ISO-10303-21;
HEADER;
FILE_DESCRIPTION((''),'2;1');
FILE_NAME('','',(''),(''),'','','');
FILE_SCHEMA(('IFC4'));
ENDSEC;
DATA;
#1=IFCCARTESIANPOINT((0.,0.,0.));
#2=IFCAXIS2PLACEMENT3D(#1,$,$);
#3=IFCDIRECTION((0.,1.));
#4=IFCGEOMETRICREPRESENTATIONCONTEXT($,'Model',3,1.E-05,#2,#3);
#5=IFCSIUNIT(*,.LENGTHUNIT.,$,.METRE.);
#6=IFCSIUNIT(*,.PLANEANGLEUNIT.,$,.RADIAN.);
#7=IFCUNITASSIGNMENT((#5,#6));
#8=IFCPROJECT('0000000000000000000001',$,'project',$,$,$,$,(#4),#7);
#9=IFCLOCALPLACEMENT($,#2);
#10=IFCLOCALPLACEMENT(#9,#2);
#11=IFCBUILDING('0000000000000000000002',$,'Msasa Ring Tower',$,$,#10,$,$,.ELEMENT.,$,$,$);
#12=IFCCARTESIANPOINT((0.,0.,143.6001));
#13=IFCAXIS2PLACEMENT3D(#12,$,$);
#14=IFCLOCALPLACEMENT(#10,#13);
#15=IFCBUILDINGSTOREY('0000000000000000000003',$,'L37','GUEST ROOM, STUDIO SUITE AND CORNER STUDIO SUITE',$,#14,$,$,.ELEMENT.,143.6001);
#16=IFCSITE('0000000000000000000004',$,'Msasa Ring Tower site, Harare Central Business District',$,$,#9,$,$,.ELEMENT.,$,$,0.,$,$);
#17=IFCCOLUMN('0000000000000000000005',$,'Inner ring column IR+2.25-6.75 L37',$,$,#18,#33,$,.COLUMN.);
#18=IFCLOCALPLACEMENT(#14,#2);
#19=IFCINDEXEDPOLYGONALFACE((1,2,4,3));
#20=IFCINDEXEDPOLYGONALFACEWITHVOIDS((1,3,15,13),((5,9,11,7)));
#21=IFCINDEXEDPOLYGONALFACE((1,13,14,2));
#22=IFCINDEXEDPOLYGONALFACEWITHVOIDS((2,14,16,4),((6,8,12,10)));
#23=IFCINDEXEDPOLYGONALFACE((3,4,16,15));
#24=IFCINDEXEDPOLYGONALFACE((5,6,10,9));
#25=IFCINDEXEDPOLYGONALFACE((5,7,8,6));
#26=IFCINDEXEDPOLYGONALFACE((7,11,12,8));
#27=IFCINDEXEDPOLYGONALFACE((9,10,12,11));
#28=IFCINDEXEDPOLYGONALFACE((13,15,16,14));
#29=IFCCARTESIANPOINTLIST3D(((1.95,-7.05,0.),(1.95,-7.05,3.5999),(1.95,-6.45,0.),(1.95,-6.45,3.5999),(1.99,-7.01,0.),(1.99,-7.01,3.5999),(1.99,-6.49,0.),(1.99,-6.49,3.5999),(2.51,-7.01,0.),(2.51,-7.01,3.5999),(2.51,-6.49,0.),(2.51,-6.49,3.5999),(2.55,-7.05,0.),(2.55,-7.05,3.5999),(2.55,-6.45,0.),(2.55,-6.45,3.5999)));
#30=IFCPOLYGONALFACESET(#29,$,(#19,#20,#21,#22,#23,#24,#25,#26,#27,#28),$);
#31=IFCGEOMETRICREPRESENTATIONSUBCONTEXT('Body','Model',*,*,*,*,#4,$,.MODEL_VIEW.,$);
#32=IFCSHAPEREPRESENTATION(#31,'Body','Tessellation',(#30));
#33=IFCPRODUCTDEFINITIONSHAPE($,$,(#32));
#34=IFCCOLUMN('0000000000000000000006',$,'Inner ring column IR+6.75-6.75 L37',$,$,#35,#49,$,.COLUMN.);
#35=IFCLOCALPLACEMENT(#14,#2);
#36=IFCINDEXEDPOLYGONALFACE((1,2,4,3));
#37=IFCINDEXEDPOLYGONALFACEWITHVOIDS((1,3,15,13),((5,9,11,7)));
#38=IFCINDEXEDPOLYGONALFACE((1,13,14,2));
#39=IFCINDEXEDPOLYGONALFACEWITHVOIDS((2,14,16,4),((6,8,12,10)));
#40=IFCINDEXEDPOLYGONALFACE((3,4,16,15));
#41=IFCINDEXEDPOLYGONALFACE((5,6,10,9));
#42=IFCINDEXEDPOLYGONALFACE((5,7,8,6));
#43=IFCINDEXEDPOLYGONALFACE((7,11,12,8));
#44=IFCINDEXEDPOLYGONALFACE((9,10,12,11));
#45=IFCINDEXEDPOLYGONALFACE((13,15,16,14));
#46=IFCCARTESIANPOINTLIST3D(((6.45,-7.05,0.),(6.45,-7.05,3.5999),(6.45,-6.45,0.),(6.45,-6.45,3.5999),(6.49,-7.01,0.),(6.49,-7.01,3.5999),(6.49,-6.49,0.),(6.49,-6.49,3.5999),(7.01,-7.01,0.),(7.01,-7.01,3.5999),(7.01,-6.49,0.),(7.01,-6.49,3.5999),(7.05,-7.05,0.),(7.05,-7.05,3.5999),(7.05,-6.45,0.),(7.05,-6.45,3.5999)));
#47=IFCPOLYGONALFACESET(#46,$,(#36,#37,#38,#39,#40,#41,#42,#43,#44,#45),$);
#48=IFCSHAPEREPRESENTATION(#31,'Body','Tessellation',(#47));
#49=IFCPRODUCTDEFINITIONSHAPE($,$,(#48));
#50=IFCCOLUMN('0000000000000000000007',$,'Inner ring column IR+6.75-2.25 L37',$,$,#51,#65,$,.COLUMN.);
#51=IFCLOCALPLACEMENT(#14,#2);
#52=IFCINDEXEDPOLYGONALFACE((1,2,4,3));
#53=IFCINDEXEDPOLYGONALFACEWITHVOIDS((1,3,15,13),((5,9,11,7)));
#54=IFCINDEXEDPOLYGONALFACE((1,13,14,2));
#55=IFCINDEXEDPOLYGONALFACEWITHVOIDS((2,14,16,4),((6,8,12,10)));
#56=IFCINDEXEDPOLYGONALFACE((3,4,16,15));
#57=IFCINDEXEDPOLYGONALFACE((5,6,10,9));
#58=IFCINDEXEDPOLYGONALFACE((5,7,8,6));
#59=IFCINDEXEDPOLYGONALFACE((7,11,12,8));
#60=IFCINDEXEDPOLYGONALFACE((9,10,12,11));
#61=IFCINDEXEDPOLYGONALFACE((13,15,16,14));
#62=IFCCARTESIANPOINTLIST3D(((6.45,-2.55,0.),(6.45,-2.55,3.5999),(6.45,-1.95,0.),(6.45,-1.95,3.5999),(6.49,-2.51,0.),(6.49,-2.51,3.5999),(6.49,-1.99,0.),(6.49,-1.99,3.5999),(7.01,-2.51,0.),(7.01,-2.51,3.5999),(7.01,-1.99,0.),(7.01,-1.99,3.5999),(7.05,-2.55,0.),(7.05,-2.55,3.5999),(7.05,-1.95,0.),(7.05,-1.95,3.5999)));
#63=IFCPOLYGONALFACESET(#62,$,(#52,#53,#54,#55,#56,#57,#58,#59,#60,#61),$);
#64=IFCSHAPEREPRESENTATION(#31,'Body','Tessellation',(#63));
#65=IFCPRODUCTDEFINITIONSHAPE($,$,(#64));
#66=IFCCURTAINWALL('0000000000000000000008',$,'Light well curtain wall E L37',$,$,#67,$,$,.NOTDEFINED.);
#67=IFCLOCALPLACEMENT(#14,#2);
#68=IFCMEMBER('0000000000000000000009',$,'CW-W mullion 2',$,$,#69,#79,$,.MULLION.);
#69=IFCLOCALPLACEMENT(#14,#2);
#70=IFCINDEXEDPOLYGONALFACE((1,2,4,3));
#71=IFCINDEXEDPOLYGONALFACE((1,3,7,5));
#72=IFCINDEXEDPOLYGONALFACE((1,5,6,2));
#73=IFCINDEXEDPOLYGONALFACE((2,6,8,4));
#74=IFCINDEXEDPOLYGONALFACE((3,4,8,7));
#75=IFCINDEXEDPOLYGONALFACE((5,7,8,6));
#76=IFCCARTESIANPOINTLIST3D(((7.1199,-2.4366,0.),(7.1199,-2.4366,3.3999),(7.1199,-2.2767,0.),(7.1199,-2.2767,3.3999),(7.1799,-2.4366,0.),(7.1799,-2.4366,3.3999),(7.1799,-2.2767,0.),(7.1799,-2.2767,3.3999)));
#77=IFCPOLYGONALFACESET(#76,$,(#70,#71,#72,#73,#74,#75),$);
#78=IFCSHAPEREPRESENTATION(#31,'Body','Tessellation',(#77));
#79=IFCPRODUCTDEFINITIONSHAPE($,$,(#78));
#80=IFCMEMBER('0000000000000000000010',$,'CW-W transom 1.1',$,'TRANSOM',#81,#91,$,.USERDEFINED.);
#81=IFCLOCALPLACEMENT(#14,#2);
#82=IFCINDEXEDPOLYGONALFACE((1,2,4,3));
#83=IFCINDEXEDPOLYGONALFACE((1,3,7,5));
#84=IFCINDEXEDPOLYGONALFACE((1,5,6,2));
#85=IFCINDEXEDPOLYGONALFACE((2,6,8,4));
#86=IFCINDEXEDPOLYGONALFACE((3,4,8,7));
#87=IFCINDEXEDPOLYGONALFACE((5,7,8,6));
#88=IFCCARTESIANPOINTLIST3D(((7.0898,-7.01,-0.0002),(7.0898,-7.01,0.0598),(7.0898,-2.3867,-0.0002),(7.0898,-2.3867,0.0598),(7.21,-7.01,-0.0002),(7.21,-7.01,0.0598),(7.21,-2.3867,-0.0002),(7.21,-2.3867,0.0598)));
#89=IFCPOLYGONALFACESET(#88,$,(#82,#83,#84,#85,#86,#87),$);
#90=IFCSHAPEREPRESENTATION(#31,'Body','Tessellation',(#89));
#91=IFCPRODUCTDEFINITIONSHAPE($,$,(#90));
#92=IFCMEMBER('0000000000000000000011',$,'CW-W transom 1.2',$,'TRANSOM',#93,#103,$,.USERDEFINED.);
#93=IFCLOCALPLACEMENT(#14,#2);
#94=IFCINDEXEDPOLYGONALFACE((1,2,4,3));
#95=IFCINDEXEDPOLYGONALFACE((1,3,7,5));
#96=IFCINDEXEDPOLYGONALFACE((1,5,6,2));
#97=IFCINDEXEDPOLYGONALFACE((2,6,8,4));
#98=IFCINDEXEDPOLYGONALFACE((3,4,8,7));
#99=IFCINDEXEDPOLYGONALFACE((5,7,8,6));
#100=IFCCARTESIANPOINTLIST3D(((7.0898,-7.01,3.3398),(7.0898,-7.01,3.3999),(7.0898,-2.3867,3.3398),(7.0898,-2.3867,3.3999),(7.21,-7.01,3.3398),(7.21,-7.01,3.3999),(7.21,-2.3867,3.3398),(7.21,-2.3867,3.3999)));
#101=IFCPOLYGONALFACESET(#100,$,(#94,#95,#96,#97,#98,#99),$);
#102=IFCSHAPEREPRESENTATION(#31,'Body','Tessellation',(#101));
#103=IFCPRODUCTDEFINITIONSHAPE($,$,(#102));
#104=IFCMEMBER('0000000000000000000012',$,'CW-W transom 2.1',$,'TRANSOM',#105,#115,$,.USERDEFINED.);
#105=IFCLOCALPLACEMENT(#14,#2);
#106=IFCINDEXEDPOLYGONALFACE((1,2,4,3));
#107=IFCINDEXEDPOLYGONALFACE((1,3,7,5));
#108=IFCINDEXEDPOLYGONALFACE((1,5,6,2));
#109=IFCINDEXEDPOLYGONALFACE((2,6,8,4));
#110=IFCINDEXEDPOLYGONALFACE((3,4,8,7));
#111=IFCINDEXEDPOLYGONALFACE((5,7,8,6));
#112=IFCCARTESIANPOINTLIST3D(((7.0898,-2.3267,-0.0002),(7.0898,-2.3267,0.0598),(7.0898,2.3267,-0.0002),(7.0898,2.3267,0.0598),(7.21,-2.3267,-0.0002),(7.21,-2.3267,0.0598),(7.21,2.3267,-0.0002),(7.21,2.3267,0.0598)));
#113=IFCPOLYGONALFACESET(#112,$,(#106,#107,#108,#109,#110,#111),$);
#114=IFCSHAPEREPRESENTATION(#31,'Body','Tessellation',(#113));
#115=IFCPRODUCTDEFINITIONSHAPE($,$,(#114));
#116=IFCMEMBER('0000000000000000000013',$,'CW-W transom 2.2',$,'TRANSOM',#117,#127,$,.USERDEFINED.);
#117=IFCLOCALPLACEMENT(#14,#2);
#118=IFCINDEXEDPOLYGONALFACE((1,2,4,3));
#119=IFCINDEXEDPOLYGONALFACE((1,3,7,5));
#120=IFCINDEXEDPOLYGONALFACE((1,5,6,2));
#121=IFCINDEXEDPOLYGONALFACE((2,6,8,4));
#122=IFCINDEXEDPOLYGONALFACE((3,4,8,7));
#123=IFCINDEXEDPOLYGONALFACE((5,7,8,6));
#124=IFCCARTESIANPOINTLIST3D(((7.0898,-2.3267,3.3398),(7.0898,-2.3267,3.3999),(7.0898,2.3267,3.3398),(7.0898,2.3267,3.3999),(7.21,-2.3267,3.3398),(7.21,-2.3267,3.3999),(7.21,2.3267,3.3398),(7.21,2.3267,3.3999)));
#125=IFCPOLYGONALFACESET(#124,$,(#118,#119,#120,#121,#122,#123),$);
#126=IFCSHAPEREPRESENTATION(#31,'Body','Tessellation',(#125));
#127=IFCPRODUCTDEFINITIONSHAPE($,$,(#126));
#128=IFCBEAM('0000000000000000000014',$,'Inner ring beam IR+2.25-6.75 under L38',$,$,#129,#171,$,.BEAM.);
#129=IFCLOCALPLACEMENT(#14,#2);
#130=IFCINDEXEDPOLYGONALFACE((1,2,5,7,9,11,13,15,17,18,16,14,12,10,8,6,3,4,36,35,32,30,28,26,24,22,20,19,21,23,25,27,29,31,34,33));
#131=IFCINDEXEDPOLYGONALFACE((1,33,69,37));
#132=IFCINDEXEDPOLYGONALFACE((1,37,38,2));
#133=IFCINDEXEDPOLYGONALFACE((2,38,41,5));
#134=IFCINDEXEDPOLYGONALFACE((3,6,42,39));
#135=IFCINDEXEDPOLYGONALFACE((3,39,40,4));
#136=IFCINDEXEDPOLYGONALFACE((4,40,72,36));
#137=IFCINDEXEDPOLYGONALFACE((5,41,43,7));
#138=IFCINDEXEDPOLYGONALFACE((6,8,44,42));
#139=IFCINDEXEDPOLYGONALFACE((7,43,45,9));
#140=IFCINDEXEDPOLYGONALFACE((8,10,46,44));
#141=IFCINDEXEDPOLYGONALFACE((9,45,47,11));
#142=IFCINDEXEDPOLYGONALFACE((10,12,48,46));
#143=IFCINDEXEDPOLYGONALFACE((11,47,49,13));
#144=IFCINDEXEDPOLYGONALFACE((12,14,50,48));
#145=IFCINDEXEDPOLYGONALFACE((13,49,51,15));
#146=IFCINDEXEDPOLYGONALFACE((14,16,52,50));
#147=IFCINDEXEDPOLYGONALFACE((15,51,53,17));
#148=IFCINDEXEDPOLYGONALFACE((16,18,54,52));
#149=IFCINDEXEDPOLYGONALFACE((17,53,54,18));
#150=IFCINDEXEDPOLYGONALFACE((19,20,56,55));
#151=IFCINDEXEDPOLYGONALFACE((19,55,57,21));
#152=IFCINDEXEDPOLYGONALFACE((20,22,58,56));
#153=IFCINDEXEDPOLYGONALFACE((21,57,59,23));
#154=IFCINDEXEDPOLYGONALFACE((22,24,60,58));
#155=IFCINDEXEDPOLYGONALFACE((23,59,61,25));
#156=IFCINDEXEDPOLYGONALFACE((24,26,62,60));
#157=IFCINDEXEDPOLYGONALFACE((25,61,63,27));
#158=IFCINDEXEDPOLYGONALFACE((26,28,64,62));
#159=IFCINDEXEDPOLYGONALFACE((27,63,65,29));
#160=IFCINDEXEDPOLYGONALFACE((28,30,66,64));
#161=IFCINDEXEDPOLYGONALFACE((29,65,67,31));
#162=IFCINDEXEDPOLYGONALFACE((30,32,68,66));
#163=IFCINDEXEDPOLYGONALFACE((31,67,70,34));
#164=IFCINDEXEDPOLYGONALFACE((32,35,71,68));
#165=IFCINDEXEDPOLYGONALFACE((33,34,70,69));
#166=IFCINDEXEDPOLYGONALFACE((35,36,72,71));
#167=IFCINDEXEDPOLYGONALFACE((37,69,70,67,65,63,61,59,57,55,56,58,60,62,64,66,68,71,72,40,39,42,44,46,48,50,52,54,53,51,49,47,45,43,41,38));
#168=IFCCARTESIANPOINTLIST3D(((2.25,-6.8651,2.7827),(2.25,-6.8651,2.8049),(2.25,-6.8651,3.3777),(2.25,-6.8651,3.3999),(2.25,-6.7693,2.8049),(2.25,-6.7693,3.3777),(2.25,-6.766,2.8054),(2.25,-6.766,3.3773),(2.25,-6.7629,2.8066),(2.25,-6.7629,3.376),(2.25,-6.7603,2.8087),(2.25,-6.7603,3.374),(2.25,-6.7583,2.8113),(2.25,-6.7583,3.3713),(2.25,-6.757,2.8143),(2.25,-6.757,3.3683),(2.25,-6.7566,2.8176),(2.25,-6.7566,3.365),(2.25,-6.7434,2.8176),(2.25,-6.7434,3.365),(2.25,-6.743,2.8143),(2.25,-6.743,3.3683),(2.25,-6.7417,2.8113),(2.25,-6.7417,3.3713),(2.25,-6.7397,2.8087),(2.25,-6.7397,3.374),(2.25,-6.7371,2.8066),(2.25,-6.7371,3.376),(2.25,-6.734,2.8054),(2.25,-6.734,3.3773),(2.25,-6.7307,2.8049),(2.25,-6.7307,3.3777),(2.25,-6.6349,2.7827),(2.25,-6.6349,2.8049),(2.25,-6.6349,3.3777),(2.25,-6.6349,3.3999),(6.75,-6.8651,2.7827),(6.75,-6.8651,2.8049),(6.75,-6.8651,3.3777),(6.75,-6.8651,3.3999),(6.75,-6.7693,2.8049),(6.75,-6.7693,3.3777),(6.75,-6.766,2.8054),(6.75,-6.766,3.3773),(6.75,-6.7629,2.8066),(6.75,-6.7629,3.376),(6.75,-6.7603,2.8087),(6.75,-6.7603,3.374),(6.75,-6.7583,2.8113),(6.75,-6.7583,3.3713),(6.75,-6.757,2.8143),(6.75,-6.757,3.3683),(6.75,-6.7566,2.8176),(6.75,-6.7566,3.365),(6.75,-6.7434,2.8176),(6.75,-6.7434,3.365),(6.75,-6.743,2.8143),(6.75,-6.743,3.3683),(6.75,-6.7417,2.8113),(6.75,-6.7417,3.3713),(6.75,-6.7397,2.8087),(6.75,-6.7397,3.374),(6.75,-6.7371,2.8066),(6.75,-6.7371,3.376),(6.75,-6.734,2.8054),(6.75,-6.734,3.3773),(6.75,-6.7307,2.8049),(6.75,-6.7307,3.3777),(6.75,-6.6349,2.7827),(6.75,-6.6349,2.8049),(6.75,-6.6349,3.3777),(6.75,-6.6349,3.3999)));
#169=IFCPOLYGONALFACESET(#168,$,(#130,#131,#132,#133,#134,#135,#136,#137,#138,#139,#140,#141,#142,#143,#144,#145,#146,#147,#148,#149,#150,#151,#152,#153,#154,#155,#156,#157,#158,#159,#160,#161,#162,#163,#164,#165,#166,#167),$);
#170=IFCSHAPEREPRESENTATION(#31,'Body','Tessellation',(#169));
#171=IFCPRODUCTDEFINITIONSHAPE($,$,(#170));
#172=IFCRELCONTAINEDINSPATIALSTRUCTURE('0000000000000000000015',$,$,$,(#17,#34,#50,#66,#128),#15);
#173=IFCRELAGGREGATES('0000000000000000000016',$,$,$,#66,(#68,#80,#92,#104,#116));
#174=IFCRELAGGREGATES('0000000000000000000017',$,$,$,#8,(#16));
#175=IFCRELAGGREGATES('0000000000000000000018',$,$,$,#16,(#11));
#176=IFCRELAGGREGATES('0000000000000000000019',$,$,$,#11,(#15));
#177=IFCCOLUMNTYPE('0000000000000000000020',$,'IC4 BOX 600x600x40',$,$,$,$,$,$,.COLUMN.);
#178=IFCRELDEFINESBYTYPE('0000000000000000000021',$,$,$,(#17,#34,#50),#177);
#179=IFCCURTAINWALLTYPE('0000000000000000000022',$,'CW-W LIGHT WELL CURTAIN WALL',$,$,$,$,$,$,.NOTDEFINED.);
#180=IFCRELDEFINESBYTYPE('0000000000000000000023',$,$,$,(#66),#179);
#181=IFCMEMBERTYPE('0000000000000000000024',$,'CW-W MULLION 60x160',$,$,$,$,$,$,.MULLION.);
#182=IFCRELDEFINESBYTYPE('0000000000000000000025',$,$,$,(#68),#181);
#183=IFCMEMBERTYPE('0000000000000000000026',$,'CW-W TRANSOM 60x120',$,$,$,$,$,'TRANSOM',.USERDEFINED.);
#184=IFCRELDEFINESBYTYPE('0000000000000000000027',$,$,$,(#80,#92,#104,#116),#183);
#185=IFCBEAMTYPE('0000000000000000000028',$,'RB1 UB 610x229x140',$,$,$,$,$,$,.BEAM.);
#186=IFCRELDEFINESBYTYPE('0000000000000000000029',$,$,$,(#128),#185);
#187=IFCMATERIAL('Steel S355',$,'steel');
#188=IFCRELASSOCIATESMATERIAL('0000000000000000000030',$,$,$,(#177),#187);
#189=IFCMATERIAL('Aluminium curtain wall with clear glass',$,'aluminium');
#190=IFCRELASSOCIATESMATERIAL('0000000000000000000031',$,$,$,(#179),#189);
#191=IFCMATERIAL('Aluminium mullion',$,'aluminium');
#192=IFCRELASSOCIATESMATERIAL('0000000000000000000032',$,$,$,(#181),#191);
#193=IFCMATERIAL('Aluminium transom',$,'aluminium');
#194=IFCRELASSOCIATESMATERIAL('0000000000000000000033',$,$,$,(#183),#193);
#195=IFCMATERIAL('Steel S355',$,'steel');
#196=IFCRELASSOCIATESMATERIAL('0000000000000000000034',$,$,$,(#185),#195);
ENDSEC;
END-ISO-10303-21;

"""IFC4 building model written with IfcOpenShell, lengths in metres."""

from ifc_helpers import new_model, si_unit, direction, frame, origin, origin_2d, place, context, subcontext, project, spatial, rectangle, hollow_rectangle, i_section, extrude, material, material_profile, profile_set, type_object, element, aggregate, save


model = new_model("IFC4")

# Units and contexts
model_context = context("Model", 3, precision=1e-05, world=origin(), true_north=direction((0.0, 1.0)))
body_context = subcontext(model_context, "Body", "Model", "MODEL_VIEW")
ifc_project = project(units=[si_unit("LENGTHUNIT", "METRE"), si_unit("PLANEANGLEUNIT", "RADIAN")], contexts=[model_context])

# Site, building, storey
site_placement = place(None, origin())
site = spatial("IfcSite", under=ifc_project, at=site_placement, Name="Msasa Ring Tower site, Harare Central Business District", CompositionType="ELEMENT", RefElevation=0.0)
building_placement = place(site_placement, origin())
building = spatial("IfcBuilding", under=site, at=building_placement, Name="Msasa Ring Tower", CompositionType="ELEMENT")
storey_placement = place(building_placement, frame((0.0, 0.0, 143.6001)))
storey = spatial("IfcBuildingStorey", under=building, at=storey_placement, Name="L37", Description="GUEST ROOM, STUDIO SUITE AND CORNER STUDIO SUITE", CompositionType="ELEMENT", Elevation=143.6001)

# Columns
ifc_material_1 = material(Name="Steel S355", Category="steel")
ifc_material_profile_1 = material_profile(ifc_material_1, hollow_rectangle(XDim=0.6001, YDim=0.6001, WallThickness=0.04, at=origin_2d()), Name="BOX 600x600x40")
ifc_profile_set_1 = profile_set([ifc_material_profile_1], Name="Steel S355")
column_type = type_object("IfcColumnType", Name="IC4 BOX 600x600x40", PredefinedType="COLUMN", material=ifc_profile_set_1)
for number, where, z_axis, x_axis, name in (
    (1, (2.25, -6.75, 0.0), (0.0, 0.0, 1.0), (1.0, 0.0, 0.0), "Inner ring column IR+2.25-6.75 L37"),
    (2, (6.75, -6.75, 0.0), (0.0, 0.0, 1.0), (1.0, 0.0, 0.0), "Inner ring column IR+6.75-6.75 L37"),
    (3, (6.75, -2.25, 0.0), (0.0, 0.0, 1.0), (1.0, 0.0, 0.0), "Inner ring column IR+6.75-2.25 L37"),
):
    element("IfcColumn", number, at=place(storey_placement, frame(where, z_axis=z_axis, x_axis=x_axis)), inside=storey, type_object=column_type, Name=name, PredefinedType="COLUMN", context=body_context, shape_type="SweptSolid", body=[
        extrude(hollow_rectangle(XDim=0.6001, YDim=0.6001, WallThickness=0.04, at=origin_2d()), origin(), (0.0, 0.0, 1.0), 3.5999),
    ])

# Curtain wall, members
ifc_material_2 = material(Name="Aluminium curtain wall with clear glass", Category="aluminium")
curtain_wall_type = type_object("IfcCurtainWallType", Name="CW-W LIGHT WELL CURTAIN WALL", PredefinedType="NOTDEFINED", material=ifc_material_2)
curtain_wall_placement = place(storey_placement, origin())
curtain_wall = element("IfcCurtainWall", 4, at=curtain_wall_placement, inside=storey, type_object=curtain_wall_type, Name="Light well curtain wall E L37", PredefinedType="NOTDEFINED")
ifc_material_3 = material(Name="Aluminium mullion", Category="aluminium")
ifc_material_profile_2 = material_profile(ifc_material_3, rectangle(XDim=0.0601, YDim=0.1599, at=origin_2d()), Name="AL 60x160")
ifc_profile_set_2 = profile_set([ifc_material_profile_2], Name="Aluminium mullion")
member_type_1 = type_object("IfcMemberType", Name="CW-W MULLION 60x160", PredefinedType="MULLION", material=ifc_profile_set_2)
member_1_placement = place(storey_placement, frame((7.1499, -2.3567, 0.0), z_axis=(0.0, 0.0, 1.0), x_axis=(-1.0, 0.0, 0.0)))
member_1 = element("IfcMember", 5, at=member_1_placement, type_object=member_type_1, Name="CW-W mullion 2", PredefinedType="MULLION", context=body_context, shape_type="SweptSolid", body=[
    extrude(rectangle(XDim=0.0601, YDim=0.1599, at=origin_2d()), origin(), (0.0, 0.0, 1.0), 3.3999),
])
ifc_material_4 = material(Name="Aluminium transom", Category="aluminium")
ifc_material_profile_3 = material_profile(ifc_material_4, rectangle(XDim=0.1201, YDim=0.0601, at=origin_2d()), Name="AL 60x120")
ifc_profile_set_3 = profile_set([ifc_material_profile_3], Name="Aluminium transom")
member_type_2 = type_object("IfcMemberType", Name="CW-W TRANSOM 60x120", ElementType="TRANSOM", PredefinedType="USERDEFINED", material=ifc_profile_set_3)
member_2_placement = place(storey_placement, frame((7.1499, -7.01, 0.0298), z_axis=(0.0, 1.0, 0.0), x_axis=(-1.0, 0.0, 0.0)))
member_2 = element("IfcMember", 6, at=member_2_placement, type_object=member_type_2, Name="CW-W transom 1.1", ObjectType="TRANSOM", PredefinedType="USERDEFINED", context=body_context, shape_type="SweptSolid", body=[
    extrude(rectangle(XDim=0.1201, YDim=0.0601, at=origin_2d()), origin(), (0.0, 0.0, 1.0), 4.6233),
])
member_3_placement = place(storey_placement, frame((7.1499, -7.01, 3.3699), z_axis=(0.0, 1.0, 0.0), x_axis=(-1.0, 0.0, 0.0)))
member_3 = element("IfcMember", 7, at=member_3_placement, type_object=member_type_2, Name="CW-W transom 1.2", ObjectType="TRANSOM", PredefinedType="USERDEFINED", context=body_context, shape_type="SweptSolid", body=[
    extrude(rectangle(XDim=0.1201, YDim=0.0601, at=origin_2d()), origin(), (0.0, 0.0, 1.0), 4.6233),
])
member_4_placement = place(storey_placement, frame((7.1499, -2.3267, 0.0298), z_axis=(0.0, 1.0, 0.0), x_axis=(-1.0, 0.0, 0.0)))
member_4 = element("IfcMember", 8, at=member_4_placement, type_object=member_type_2, Name="CW-W transom 2.1", ObjectType="TRANSOM", PredefinedType="USERDEFINED", context=body_context, shape_type="SweptSolid", body=[
    extrude(rectangle(XDim=0.1201, YDim=0.0601, at=origin_2d()), origin(), (0.0, 0.0, 1.0), 4.6533),
])
member_5_placement = place(storey_placement, frame((7.1499, -2.3267, 3.3699), z_axis=(0.0, 1.0, 0.0), x_axis=(-1.0, 0.0, 0.0)))
member_5 = element("IfcMember", 9, at=member_5_placement, type_object=member_type_2, Name="CW-W transom 2.2", ObjectType="TRANSOM", PredefinedType="USERDEFINED", context=body_context, shape_type="SweptSolid", body=[
    extrude(rectangle(XDim=0.1201, YDim=0.0601, at=origin_2d()), origin(), (0.0, 0.0, 1.0), 4.6533),
])

# Beam
ifc_material_5 = material(Name="Steel S355", Category="steel")
ifc_material_profile_4 = material_profile(ifc_material_5, i_section(OverallWidth=0.2302, OverallDepth=0.6172, WebThickness=0.0132, FlangeThickness=0.0222, FilletRadius=0.0127, at=origin_2d()), Name="UB 610x229x140")
ifc_profile_set_4 = profile_set([ifc_material_profile_4], Name="Steel S355")
beam_type = type_object("IfcBeamType", Name="RB1 UB 610x229x140", PredefinedType="BEAM", material=ifc_profile_set_4)
for number, where, z_axis, x_axis, name in (
    (10, (2.25, -6.75, 3.0913), (1.0, 0.0, 0.0), (0.0, 1.0, 0.0), "Inner ring beam IR+2.25-6.75 under L38"),
):
    element("IfcBeam", number, at=place(storey_placement, frame(where, z_axis=z_axis, x_axis=x_axis)), inside=storey, type_object=beam_type, Name=name, PredefinedType="BEAM", context=body_context, shape_type="SweptSolid", body=[
        extrude(i_section(OverallWidth=0.2302, OverallDepth=0.6172, WebThickness=0.0132, FlangeThickness=0.0222, FilletRadius=0.0127, at=origin_2d()), origin(), (0.0, 0.0, 1.0), 4.5),
    ])

aggregate(curtain_wall, [member_1, member_2, member_3, member_4, member_5])

save(model, "model.ifc")
